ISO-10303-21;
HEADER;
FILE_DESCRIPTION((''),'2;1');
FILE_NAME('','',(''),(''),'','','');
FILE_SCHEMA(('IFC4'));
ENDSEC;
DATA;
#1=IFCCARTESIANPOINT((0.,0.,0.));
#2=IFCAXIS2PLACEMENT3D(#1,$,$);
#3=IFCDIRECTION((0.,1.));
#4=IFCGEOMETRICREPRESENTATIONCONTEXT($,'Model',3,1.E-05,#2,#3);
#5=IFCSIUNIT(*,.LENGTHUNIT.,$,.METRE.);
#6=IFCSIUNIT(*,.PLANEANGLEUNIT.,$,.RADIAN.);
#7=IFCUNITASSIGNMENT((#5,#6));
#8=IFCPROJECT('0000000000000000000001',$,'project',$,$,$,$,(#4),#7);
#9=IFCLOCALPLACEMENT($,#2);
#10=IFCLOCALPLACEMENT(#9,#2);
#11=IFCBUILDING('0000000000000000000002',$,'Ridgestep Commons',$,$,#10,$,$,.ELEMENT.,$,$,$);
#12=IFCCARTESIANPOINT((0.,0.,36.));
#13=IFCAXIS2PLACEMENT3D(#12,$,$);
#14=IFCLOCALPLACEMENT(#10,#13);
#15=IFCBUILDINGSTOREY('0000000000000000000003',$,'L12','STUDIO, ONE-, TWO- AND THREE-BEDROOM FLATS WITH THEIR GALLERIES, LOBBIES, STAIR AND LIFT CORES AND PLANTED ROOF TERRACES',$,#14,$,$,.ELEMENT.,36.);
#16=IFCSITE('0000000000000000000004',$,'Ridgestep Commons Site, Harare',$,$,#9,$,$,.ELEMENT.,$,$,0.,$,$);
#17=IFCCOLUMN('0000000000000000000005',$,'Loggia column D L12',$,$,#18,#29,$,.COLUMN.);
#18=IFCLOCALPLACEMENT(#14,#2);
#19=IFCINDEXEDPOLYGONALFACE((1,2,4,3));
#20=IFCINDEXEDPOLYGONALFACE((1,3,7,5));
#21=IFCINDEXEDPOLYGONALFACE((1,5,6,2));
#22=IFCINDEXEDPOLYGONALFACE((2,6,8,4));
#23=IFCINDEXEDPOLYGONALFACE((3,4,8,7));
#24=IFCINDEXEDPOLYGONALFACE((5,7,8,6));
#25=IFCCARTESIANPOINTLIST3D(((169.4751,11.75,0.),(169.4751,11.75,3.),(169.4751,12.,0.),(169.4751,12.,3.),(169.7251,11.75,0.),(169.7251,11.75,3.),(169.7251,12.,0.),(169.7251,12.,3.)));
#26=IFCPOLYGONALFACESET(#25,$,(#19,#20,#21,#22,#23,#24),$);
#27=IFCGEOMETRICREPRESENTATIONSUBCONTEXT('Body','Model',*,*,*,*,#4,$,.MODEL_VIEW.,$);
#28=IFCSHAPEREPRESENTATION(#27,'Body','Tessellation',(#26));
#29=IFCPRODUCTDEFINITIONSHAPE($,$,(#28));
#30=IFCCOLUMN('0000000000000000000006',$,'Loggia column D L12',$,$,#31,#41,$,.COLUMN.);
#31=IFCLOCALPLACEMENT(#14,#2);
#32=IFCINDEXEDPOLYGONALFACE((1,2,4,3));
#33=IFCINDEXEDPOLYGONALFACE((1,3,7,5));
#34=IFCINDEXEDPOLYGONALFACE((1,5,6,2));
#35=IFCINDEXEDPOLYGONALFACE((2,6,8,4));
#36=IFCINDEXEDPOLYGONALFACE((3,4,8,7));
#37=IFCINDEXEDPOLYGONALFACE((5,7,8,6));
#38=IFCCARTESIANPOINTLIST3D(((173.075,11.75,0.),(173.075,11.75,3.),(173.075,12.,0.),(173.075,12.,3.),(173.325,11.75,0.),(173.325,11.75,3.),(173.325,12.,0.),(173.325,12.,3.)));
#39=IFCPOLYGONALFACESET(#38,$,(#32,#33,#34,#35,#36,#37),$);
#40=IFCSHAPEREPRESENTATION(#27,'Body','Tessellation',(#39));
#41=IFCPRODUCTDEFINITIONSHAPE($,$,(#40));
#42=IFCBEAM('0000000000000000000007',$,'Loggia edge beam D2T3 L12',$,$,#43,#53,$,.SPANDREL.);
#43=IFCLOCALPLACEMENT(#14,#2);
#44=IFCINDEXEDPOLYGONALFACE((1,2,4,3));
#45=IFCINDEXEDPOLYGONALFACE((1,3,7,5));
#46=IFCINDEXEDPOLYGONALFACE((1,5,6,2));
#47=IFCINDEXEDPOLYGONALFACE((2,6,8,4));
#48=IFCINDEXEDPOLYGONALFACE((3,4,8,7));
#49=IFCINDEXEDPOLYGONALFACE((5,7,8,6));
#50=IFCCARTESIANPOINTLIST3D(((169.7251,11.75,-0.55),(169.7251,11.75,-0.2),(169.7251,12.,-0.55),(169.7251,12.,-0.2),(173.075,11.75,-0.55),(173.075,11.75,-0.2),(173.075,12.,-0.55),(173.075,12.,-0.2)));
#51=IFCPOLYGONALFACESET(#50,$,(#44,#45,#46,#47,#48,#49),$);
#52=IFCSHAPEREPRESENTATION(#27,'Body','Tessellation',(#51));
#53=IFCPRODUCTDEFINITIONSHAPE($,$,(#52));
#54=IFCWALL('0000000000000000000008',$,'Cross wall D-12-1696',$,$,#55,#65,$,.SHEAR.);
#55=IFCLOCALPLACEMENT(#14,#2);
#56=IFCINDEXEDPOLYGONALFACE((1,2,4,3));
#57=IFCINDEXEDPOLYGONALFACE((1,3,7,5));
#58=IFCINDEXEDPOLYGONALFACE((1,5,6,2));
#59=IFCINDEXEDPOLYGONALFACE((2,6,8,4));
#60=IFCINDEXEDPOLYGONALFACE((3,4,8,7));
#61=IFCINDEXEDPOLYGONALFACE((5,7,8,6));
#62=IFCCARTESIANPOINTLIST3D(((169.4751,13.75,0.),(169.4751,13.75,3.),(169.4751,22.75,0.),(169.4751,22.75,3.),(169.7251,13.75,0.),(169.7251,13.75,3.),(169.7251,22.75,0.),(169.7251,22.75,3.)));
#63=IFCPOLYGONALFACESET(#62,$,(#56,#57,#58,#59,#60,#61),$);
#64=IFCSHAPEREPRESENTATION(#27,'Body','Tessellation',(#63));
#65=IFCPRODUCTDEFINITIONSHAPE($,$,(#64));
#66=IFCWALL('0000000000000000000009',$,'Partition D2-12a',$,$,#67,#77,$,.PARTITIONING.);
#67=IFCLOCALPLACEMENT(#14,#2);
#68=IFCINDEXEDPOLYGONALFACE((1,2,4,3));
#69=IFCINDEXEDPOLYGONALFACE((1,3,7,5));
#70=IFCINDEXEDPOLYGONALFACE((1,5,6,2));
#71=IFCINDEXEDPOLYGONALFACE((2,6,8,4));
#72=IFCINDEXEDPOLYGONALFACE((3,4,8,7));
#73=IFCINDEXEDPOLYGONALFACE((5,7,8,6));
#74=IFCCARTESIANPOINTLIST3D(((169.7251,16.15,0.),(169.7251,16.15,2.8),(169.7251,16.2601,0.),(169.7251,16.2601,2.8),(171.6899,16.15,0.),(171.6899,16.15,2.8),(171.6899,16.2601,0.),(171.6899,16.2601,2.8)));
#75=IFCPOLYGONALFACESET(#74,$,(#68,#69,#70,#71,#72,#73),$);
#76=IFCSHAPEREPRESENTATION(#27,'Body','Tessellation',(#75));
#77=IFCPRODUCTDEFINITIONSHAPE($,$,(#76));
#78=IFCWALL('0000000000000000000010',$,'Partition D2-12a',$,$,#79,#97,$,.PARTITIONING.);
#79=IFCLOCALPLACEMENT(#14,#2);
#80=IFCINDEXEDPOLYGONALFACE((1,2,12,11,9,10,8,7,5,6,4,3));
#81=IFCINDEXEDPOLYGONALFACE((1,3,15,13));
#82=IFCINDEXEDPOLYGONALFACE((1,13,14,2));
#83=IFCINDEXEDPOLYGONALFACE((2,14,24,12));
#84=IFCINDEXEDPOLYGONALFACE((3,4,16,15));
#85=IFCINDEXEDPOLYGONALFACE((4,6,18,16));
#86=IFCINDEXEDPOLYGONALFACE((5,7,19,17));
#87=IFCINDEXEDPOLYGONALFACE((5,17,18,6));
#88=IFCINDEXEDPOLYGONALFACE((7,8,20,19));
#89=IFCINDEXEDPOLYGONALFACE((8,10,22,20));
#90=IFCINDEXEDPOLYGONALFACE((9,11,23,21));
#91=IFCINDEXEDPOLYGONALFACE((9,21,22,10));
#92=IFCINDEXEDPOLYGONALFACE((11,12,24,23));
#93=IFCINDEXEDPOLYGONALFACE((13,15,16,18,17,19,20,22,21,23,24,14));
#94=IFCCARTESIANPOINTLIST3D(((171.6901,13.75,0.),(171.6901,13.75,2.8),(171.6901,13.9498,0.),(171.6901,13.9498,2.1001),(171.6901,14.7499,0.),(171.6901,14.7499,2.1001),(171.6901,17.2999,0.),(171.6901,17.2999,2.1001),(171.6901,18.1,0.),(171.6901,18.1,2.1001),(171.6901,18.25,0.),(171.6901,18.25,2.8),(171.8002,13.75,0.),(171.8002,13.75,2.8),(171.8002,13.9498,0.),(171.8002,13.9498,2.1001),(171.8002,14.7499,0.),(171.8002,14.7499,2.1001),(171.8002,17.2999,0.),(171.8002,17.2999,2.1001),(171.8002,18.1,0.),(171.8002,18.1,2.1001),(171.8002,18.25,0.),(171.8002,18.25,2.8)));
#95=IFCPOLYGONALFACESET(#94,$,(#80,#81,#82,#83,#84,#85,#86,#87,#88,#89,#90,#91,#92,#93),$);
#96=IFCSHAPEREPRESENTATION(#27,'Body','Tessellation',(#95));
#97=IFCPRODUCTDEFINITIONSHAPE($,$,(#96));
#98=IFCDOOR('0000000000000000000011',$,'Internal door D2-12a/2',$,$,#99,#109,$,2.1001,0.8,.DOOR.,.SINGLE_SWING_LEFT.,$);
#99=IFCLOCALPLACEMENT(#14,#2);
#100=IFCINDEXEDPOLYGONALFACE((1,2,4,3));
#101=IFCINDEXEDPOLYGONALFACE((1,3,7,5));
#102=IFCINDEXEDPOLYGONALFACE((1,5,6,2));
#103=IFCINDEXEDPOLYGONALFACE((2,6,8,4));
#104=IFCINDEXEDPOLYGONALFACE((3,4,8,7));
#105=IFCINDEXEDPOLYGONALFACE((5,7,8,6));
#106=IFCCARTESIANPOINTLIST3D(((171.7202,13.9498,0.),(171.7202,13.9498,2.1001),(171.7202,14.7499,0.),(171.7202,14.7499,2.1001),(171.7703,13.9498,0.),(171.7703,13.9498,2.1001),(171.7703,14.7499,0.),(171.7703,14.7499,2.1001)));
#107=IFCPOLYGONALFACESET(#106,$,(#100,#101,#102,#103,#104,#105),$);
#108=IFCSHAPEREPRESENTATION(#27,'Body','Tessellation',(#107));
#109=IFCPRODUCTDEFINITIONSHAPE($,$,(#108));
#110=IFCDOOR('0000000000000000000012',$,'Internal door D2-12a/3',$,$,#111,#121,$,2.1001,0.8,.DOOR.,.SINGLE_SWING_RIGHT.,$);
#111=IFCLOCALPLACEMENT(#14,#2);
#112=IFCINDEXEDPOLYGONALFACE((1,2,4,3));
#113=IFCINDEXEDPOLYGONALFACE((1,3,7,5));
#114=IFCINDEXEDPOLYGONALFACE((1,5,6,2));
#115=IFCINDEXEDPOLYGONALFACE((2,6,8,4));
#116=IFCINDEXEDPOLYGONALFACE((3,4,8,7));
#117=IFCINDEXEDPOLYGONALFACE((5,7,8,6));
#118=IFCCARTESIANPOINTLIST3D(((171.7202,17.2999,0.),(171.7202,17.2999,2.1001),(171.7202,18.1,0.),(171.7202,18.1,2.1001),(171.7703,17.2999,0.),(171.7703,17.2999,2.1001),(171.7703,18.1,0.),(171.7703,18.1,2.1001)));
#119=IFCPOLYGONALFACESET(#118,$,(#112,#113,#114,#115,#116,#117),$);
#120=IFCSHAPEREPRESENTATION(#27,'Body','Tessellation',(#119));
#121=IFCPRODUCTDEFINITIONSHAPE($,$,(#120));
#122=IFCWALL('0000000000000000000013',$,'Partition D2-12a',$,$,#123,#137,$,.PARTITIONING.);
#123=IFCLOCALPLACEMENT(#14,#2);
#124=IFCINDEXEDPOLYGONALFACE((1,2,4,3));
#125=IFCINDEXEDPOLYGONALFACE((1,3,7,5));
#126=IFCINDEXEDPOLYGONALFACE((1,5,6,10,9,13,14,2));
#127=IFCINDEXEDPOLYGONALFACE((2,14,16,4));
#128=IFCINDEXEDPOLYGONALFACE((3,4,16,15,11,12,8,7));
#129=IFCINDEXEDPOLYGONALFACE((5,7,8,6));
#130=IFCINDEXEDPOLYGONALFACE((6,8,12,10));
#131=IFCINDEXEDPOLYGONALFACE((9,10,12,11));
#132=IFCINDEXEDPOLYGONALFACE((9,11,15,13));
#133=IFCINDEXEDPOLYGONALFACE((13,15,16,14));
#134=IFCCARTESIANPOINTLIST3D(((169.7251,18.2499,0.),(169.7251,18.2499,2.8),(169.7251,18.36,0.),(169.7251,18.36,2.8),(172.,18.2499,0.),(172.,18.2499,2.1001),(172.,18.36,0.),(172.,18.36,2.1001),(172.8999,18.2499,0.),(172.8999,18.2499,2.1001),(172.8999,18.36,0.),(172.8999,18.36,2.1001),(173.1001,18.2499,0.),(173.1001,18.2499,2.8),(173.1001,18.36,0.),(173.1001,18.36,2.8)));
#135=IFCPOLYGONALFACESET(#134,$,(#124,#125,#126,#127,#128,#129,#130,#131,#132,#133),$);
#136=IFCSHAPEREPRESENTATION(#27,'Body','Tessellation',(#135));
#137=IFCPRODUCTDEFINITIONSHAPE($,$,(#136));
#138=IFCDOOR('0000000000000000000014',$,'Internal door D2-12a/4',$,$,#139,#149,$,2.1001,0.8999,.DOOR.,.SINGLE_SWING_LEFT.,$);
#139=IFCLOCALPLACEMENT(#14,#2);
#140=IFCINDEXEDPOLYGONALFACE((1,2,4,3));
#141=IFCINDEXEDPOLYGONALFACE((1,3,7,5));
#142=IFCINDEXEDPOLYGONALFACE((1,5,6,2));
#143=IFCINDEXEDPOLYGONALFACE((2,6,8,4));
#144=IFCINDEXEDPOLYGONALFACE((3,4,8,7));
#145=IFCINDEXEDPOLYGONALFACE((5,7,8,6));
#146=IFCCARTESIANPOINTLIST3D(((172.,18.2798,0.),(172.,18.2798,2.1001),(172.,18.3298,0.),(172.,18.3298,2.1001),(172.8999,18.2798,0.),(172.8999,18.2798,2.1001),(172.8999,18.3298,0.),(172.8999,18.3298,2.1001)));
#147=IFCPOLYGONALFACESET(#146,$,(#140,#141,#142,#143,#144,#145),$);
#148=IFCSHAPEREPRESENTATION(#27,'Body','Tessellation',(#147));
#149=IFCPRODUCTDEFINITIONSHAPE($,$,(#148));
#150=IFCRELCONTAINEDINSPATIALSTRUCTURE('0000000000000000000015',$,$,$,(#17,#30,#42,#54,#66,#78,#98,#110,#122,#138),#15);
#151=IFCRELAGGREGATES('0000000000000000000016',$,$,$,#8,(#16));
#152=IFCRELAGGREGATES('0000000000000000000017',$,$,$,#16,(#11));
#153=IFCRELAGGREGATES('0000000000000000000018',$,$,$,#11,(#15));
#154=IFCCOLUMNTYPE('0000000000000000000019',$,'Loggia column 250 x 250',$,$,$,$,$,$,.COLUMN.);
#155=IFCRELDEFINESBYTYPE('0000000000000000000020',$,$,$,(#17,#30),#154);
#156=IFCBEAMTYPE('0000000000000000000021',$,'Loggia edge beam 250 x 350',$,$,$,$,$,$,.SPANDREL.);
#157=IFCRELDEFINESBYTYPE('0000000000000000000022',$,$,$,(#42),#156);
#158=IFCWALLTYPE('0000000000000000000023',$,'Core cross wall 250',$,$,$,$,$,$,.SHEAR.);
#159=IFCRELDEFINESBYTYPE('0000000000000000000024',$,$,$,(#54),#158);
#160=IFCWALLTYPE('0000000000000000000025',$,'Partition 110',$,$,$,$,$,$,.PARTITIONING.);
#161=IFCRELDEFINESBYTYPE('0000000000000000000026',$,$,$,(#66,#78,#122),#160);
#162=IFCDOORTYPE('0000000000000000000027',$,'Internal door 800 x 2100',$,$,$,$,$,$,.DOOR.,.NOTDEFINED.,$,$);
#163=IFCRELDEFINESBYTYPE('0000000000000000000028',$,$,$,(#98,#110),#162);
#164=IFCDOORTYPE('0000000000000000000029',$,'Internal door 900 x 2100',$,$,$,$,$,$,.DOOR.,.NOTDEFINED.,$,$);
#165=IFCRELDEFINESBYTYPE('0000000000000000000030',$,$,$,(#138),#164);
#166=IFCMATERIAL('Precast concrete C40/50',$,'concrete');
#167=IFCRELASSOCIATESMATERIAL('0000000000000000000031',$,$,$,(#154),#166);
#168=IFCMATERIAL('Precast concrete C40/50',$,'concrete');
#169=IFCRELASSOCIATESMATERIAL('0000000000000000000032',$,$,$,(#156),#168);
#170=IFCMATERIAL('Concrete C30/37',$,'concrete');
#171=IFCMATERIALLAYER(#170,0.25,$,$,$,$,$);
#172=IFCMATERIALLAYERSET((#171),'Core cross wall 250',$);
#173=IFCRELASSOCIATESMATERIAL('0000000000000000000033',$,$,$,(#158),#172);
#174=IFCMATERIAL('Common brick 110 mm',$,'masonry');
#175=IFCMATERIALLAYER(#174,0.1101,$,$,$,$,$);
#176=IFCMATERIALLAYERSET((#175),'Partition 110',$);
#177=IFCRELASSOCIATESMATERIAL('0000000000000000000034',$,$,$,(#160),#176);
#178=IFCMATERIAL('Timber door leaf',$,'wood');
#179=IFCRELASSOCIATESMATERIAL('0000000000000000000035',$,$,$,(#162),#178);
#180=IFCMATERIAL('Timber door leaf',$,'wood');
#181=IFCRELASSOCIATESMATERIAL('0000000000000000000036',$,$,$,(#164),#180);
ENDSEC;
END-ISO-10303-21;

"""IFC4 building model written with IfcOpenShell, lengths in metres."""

from ifc_helpers import new_model, si_unit, direction, frame, frame_2d, origin, origin_2d, place, context, subcontext, project, spatial, rectangle, extrude, material, layer, layer_set, material_profile, profile_set, type_object, element, fill, save


model = new_model("IFC4")

# Units and contexts
model_context = context("Model", 3, precision=1e-05, world=origin(), true_north=direction((0.0, 1.0)))
body_context = subcontext(model_context, "Body", "Model", "MODEL_VIEW")
ifc_project = project(units=[si_unit("LENGTHUNIT", "METRE"), si_unit("PLANEANGLEUNIT", "RADIAN")], contexts=[model_context])

# Site, building, storey
site_placement = place(None, origin())
site = spatial("IfcSite", under=ifc_project, at=site_placement, Name="Ridgestep Commons Site, Harare", CompositionType="ELEMENT", RefElevation=0.0)
building_placement = place(site_placement, origin())
building = spatial("IfcBuilding", under=site, at=building_placement, Name="Ridgestep Commons", CompositionType="ELEMENT")
storey_placement = place(building_placement, frame((0.0, 0.0, 36.0)))
storey = spatial("IfcBuildingStorey", under=building, at=storey_placement, Name="L12", Description="STUDIO, ONE-, TWO- AND THREE-BEDROOM FLATS WITH THEIR GALLERIES, LOBBIES, STAIR AND LIFT CORES AND PLANTED ROOF TERRACES", CompositionType="ELEMENT", Elevation=36.0)

# Columns
ifc_material_1 = material(Name="Precast concrete C40/50", Category="concrete")
ifc_material_profile_1 = material_profile(ifc_material_1, rectangle(XDim=0.25, YDim=0.25, at=origin_2d()), Name="PC 250x250")
ifc_profile_set_1 = profile_set([ifc_material_profile_1], Name="Precast concrete C40/50")
column_type = type_object("IfcColumnType", Name="Loggia column 250 x 250", PredefinedType="COLUMN", material=ifc_profile_set_1)
for number, where, z_axis, x_axis, name in (
    (1, (169.6001, 11.875, 0.0), (0.0, 0.0, 1.0), (1.0, 0.0, 0.0), "Loggia column D L12"),
    (2, (173.2, 11.875, 0.0), (0.0, 0.0, 1.0), (1.0, 0.0, 0.0), "Loggia column D L12"),
):
    element("IfcColumn", number, at=place(storey_placement, frame(where, z_axis=z_axis, x_axis=x_axis)), inside=storey, type_object=column_type, Name=name, PredefinedType="COLUMN", context=body_context, shape_type="SweptSolid", body=[
        extrude(rectangle(XDim=0.25, YDim=0.25, at=origin_2d()), origin(), (0.0, 0.0, 1.0), 3.0),
    ])

# Beam
ifc_material_2 = material(Name="Precast concrete C40/50", Category="concrete")
ifc_material_profile_2 = material_profile(ifc_material_2, rectangle(XDim=0.25, YDim=0.3501, at=origin_2d()), Name="PC 250x350")
ifc_profile_set_2 = profile_set([ifc_material_profile_2], Name="Precast concrete C40/50")
beam_type = type_object("IfcBeamType", Name="Loggia edge beam 250 x 350", PredefinedType="SPANDREL", material=ifc_profile_set_2)
beam_placement = place(storey_placement, frame((169.7251, 11.875, -0.375), z_axis=(1.0, 0.0, 0.0), x_axis=(0.0, 1.0, 0.0)))
element("IfcBeam", 3, at=beam_placement, inside=storey, type_object=beam_type, Name="Loggia edge beam D2T3 L12", PredefinedType="SPANDREL", context=body_context, shape_type="SweptSolid", body=[
    extrude(rectangle(XDim=0.25, YDim=0.3501, at=origin_2d()), origin(), (0.0, 0.0, 1.0), 3.3499),
])

# Walls
ifc_material_3 = material(Name="Concrete C30/37", Category="concrete")
ifc_layer_1 = layer(ifc_material_3, 0.25)
ifc_layer_set_1 = layer_set([ifc_layer_1], Name="Core cross wall 250")
wall_type_1 = type_object("IfcWallType", Name="Core cross wall 250", PredefinedType="SHEAR", material=ifc_layer_set_1)
wall_1_placement = place(storey_placement, frame((169.6001, 13.75, 0.0), z_axis=(0.0, 0.0, 1.0), x_axis=(0.0, 1.0, 0.0)))
element("IfcWall", 4, at=wall_1_placement, inside=storey, type_object=wall_type_1, Name="Cross wall D-12-1696", PredefinedType="SHEAR", context=body_context, shape_type="SweptSolid", body=[
    extrude(rectangle(XDim=9.0, YDim=0.25, at=frame_2d((4.5, 0.0))), origin(), (0.0, 0.0, 1.0), 3.0),
])
ifc_material_4 = material(Name="Common brick 110 mm", Category="masonry")
ifc_layer_2 = layer(ifc_material_4, 0.1101)
ifc_layer_set_2 = layer_set([ifc_layer_2], Name="Partition 110")
wall_type_2 = type_object("IfcWallType", Name="Partition 110", PredefinedType="PARTITIONING", material=ifc_layer_set_2)
wall_2_placement = place(storey_placement, frame((169.7251, 16.2051, 0.0), z_axis=(0.0, 0.0, 1.0), x_axis=(1.0, 0.0, 0.0)))
element("IfcWall", 5, at=wall_2_placement, inside=storey, type_object=wall_type_2, Name="Partition D2-12a", PredefinedType="PARTITIONING", context=body_context, shape_type="SweptSolid", body=[
    extrude(rectangle(XDim=1.9648, YDim=0.1101, at=frame_2d((0.9824, 0.0))), origin(), (0.0, 0.0, 1.0), 2.8),
])

# Wall, openings, doors
wall_3_placement = place(storey_placement, frame((171.7451, 13.75, 0.0), z_axis=(0.0, 0.0, 1.0), x_axis=(0.0, 1.0, 0.0)))
wall_3 = element("IfcWall", 6, at=wall_3_placement, inside=storey, type_object=wall_type_2, Name="Partition D2-12a", PredefinedType="PARTITIONING", context=body_context, shape_type="SweptSolid", body=[
    extrude(rectangle(XDim=4.5, YDim=0.1101, at=frame_2d((2.25, 0.0))), origin(), (0.0, 0.0, 1.0), 2.8),
])
opening_1_placement = place(wall_3_placement, frame((0.2, 0.0, 0.0)))
opening_1 = element("IfcOpeningElement", 7, at=opening_1_placement, cuts=wall_3, PredefinedType="OPENING", context=body_context, shape_type="SweptSolid", body=[
    extrude(rectangle(XDim=0.8, YDim=2.1001, at=frame_2d((0.3999, 1.05))), frame((0.0, 0.0649, 0.0), z_axis=(0.0, -1.0, 0.0), x_axis=(1.0, 0.0, 0.0)), (0.0, 0.0, 1.0), 0.1301),
])
opening_2_placement = place(wall_3_placement, frame((3.55, 0.0, 0.0)))
opening_2 = element("IfcOpeningElement", 8, at=opening_2_placement, cuts=wall_3, PredefinedType="OPENING", context=body_context, shape_type="SweptSolid", body=[
    extrude(rectangle(XDim=0.8, YDim=2.1001, at=frame_2d((0.3999, 1.05))), frame((0.0, 0.0649, 0.0), z_axis=(0.0, -1.0, 0.0), x_axis=(1.0, 0.0, 0.0)), (0.0, 0.0, 1.0), 0.1301),
])
ifc_material_5 = material(Name="Timber door leaf", Category="wood")
door_type_1 = type_object("IfcDoorType", Name="Internal door 800 x 2100", OperationType="NOTDEFINED", PredefinedType="DOOR", material=ifc_material_5)
door_1_placement = place(opening_1_placement, origin())
door_1 = element("IfcDoor", 9, at=door_1_placement, inside=storey, type_object=door_type_1, Name="Internal door D2-12a/2", OperationType="SINGLE_SWING_LEFT", OverallHeight=2.1001, OverallWidth=0.8, PredefinedType="DOOR", context=body_context, shape_type="SweptSolid", body=[
    extrude(rectangle(XDim=0.8, YDim=2.1001, at=frame_2d((0.3999, 1.05))), frame((0.0, 0.0249, 0.0), z_axis=(0.0, -1.0, 0.0), x_axis=(1.0, 0.0, 0.0)), (0.0, 0.0, 1.0), 0.05),
])
fill(opening_1, door_1)
door_2_placement = place(opening_2_placement, origin())
door_2 = element("IfcDoor", 10, at=door_2_placement, inside=storey, type_object=door_type_1, Name="Internal door D2-12a/3", OperationType="SINGLE_SWING_RIGHT", OverallHeight=2.1001, OverallWidth=0.8, PredefinedType="DOOR", context=body_context, shape_type="SweptSolid", body=[
    extrude(rectangle(XDim=0.8, YDim=2.1001, at=frame_2d((0.3999, 1.05))), frame((0.0, 0.0249, 0.0), z_axis=(0.0, -1.0, 0.0), x_axis=(1.0, 0.0, 0.0)), (0.0, 0.0, 1.0), 0.05),
])
fill(opening_2, door_2)

# Wall, opening, door
wall_4_placement = place(storey_placement, frame((169.7251, 18.3049, 0.0), z_axis=(0.0, 0.0, 1.0), x_axis=(1.0, 0.0, 0.0)))
wall_4 = element("IfcWall", 11, at=wall_4_placement, inside=storey, type_object=wall_type_2, Name="Partition D2-12a", PredefinedType="PARTITIONING", context=body_context, shape_type="SweptSolid", body=[
    extrude(rectangle(XDim=3.375, YDim=0.1101, at=frame_2d((1.6875, 0.0))), origin(), (0.0, 0.0, 1.0), 2.8),
])
opening_3_placement = place(wall_4_placement, frame((2.2749, 0.0, 0.0)))
opening_3 = element("IfcOpeningElement", 12, at=opening_3_placement, cuts=wall_4, PredefinedType="OPENING", context=body_context, shape_type="SweptSolid", body=[
    extrude(rectangle(XDim=0.8999, YDim=2.1001, at=frame_2d((0.45, 1.05))), frame((0.0, 0.0649, 0.0), z_axis=(0.0, -1.0, 0.0), x_axis=(1.0, 0.0, 0.0)), (0.0, 0.0, 1.0), 0.1301),
])
ifc_material_6 = material(Name="Timber door leaf", Category="wood")
door_type_2 = type_object("IfcDoorType", Name="Internal door 900 x 2100", OperationType="NOTDEFINED", PredefinedType="DOOR", material=ifc_material_6)
door_3_placement = place(opening_3_placement, origin())
door_3 = element("IfcDoor", 13, at=door_3_placement, inside=storey, type_object=door_type_2, Name="Internal door D2-12a/4", OperationType="SINGLE_SWING_LEFT", OverallHeight=2.1001, OverallWidth=0.8999, PredefinedType="DOOR", context=body_context, shape_type="SweptSolid", body=[
    extrude(rectangle(XDim=0.8999, YDim=2.1001, at=frame_2d((0.45, 1.05))), frame((0.0, 0.0249, 0.0), z_axis=(0.0, -1.0, 0.0), x_axis=(1.0, 0.0, 0.0)), (0.0, 0.0, 1.0), 0.05),
])
fill(opening_3, door_3)

save(model, "model.ifc")
